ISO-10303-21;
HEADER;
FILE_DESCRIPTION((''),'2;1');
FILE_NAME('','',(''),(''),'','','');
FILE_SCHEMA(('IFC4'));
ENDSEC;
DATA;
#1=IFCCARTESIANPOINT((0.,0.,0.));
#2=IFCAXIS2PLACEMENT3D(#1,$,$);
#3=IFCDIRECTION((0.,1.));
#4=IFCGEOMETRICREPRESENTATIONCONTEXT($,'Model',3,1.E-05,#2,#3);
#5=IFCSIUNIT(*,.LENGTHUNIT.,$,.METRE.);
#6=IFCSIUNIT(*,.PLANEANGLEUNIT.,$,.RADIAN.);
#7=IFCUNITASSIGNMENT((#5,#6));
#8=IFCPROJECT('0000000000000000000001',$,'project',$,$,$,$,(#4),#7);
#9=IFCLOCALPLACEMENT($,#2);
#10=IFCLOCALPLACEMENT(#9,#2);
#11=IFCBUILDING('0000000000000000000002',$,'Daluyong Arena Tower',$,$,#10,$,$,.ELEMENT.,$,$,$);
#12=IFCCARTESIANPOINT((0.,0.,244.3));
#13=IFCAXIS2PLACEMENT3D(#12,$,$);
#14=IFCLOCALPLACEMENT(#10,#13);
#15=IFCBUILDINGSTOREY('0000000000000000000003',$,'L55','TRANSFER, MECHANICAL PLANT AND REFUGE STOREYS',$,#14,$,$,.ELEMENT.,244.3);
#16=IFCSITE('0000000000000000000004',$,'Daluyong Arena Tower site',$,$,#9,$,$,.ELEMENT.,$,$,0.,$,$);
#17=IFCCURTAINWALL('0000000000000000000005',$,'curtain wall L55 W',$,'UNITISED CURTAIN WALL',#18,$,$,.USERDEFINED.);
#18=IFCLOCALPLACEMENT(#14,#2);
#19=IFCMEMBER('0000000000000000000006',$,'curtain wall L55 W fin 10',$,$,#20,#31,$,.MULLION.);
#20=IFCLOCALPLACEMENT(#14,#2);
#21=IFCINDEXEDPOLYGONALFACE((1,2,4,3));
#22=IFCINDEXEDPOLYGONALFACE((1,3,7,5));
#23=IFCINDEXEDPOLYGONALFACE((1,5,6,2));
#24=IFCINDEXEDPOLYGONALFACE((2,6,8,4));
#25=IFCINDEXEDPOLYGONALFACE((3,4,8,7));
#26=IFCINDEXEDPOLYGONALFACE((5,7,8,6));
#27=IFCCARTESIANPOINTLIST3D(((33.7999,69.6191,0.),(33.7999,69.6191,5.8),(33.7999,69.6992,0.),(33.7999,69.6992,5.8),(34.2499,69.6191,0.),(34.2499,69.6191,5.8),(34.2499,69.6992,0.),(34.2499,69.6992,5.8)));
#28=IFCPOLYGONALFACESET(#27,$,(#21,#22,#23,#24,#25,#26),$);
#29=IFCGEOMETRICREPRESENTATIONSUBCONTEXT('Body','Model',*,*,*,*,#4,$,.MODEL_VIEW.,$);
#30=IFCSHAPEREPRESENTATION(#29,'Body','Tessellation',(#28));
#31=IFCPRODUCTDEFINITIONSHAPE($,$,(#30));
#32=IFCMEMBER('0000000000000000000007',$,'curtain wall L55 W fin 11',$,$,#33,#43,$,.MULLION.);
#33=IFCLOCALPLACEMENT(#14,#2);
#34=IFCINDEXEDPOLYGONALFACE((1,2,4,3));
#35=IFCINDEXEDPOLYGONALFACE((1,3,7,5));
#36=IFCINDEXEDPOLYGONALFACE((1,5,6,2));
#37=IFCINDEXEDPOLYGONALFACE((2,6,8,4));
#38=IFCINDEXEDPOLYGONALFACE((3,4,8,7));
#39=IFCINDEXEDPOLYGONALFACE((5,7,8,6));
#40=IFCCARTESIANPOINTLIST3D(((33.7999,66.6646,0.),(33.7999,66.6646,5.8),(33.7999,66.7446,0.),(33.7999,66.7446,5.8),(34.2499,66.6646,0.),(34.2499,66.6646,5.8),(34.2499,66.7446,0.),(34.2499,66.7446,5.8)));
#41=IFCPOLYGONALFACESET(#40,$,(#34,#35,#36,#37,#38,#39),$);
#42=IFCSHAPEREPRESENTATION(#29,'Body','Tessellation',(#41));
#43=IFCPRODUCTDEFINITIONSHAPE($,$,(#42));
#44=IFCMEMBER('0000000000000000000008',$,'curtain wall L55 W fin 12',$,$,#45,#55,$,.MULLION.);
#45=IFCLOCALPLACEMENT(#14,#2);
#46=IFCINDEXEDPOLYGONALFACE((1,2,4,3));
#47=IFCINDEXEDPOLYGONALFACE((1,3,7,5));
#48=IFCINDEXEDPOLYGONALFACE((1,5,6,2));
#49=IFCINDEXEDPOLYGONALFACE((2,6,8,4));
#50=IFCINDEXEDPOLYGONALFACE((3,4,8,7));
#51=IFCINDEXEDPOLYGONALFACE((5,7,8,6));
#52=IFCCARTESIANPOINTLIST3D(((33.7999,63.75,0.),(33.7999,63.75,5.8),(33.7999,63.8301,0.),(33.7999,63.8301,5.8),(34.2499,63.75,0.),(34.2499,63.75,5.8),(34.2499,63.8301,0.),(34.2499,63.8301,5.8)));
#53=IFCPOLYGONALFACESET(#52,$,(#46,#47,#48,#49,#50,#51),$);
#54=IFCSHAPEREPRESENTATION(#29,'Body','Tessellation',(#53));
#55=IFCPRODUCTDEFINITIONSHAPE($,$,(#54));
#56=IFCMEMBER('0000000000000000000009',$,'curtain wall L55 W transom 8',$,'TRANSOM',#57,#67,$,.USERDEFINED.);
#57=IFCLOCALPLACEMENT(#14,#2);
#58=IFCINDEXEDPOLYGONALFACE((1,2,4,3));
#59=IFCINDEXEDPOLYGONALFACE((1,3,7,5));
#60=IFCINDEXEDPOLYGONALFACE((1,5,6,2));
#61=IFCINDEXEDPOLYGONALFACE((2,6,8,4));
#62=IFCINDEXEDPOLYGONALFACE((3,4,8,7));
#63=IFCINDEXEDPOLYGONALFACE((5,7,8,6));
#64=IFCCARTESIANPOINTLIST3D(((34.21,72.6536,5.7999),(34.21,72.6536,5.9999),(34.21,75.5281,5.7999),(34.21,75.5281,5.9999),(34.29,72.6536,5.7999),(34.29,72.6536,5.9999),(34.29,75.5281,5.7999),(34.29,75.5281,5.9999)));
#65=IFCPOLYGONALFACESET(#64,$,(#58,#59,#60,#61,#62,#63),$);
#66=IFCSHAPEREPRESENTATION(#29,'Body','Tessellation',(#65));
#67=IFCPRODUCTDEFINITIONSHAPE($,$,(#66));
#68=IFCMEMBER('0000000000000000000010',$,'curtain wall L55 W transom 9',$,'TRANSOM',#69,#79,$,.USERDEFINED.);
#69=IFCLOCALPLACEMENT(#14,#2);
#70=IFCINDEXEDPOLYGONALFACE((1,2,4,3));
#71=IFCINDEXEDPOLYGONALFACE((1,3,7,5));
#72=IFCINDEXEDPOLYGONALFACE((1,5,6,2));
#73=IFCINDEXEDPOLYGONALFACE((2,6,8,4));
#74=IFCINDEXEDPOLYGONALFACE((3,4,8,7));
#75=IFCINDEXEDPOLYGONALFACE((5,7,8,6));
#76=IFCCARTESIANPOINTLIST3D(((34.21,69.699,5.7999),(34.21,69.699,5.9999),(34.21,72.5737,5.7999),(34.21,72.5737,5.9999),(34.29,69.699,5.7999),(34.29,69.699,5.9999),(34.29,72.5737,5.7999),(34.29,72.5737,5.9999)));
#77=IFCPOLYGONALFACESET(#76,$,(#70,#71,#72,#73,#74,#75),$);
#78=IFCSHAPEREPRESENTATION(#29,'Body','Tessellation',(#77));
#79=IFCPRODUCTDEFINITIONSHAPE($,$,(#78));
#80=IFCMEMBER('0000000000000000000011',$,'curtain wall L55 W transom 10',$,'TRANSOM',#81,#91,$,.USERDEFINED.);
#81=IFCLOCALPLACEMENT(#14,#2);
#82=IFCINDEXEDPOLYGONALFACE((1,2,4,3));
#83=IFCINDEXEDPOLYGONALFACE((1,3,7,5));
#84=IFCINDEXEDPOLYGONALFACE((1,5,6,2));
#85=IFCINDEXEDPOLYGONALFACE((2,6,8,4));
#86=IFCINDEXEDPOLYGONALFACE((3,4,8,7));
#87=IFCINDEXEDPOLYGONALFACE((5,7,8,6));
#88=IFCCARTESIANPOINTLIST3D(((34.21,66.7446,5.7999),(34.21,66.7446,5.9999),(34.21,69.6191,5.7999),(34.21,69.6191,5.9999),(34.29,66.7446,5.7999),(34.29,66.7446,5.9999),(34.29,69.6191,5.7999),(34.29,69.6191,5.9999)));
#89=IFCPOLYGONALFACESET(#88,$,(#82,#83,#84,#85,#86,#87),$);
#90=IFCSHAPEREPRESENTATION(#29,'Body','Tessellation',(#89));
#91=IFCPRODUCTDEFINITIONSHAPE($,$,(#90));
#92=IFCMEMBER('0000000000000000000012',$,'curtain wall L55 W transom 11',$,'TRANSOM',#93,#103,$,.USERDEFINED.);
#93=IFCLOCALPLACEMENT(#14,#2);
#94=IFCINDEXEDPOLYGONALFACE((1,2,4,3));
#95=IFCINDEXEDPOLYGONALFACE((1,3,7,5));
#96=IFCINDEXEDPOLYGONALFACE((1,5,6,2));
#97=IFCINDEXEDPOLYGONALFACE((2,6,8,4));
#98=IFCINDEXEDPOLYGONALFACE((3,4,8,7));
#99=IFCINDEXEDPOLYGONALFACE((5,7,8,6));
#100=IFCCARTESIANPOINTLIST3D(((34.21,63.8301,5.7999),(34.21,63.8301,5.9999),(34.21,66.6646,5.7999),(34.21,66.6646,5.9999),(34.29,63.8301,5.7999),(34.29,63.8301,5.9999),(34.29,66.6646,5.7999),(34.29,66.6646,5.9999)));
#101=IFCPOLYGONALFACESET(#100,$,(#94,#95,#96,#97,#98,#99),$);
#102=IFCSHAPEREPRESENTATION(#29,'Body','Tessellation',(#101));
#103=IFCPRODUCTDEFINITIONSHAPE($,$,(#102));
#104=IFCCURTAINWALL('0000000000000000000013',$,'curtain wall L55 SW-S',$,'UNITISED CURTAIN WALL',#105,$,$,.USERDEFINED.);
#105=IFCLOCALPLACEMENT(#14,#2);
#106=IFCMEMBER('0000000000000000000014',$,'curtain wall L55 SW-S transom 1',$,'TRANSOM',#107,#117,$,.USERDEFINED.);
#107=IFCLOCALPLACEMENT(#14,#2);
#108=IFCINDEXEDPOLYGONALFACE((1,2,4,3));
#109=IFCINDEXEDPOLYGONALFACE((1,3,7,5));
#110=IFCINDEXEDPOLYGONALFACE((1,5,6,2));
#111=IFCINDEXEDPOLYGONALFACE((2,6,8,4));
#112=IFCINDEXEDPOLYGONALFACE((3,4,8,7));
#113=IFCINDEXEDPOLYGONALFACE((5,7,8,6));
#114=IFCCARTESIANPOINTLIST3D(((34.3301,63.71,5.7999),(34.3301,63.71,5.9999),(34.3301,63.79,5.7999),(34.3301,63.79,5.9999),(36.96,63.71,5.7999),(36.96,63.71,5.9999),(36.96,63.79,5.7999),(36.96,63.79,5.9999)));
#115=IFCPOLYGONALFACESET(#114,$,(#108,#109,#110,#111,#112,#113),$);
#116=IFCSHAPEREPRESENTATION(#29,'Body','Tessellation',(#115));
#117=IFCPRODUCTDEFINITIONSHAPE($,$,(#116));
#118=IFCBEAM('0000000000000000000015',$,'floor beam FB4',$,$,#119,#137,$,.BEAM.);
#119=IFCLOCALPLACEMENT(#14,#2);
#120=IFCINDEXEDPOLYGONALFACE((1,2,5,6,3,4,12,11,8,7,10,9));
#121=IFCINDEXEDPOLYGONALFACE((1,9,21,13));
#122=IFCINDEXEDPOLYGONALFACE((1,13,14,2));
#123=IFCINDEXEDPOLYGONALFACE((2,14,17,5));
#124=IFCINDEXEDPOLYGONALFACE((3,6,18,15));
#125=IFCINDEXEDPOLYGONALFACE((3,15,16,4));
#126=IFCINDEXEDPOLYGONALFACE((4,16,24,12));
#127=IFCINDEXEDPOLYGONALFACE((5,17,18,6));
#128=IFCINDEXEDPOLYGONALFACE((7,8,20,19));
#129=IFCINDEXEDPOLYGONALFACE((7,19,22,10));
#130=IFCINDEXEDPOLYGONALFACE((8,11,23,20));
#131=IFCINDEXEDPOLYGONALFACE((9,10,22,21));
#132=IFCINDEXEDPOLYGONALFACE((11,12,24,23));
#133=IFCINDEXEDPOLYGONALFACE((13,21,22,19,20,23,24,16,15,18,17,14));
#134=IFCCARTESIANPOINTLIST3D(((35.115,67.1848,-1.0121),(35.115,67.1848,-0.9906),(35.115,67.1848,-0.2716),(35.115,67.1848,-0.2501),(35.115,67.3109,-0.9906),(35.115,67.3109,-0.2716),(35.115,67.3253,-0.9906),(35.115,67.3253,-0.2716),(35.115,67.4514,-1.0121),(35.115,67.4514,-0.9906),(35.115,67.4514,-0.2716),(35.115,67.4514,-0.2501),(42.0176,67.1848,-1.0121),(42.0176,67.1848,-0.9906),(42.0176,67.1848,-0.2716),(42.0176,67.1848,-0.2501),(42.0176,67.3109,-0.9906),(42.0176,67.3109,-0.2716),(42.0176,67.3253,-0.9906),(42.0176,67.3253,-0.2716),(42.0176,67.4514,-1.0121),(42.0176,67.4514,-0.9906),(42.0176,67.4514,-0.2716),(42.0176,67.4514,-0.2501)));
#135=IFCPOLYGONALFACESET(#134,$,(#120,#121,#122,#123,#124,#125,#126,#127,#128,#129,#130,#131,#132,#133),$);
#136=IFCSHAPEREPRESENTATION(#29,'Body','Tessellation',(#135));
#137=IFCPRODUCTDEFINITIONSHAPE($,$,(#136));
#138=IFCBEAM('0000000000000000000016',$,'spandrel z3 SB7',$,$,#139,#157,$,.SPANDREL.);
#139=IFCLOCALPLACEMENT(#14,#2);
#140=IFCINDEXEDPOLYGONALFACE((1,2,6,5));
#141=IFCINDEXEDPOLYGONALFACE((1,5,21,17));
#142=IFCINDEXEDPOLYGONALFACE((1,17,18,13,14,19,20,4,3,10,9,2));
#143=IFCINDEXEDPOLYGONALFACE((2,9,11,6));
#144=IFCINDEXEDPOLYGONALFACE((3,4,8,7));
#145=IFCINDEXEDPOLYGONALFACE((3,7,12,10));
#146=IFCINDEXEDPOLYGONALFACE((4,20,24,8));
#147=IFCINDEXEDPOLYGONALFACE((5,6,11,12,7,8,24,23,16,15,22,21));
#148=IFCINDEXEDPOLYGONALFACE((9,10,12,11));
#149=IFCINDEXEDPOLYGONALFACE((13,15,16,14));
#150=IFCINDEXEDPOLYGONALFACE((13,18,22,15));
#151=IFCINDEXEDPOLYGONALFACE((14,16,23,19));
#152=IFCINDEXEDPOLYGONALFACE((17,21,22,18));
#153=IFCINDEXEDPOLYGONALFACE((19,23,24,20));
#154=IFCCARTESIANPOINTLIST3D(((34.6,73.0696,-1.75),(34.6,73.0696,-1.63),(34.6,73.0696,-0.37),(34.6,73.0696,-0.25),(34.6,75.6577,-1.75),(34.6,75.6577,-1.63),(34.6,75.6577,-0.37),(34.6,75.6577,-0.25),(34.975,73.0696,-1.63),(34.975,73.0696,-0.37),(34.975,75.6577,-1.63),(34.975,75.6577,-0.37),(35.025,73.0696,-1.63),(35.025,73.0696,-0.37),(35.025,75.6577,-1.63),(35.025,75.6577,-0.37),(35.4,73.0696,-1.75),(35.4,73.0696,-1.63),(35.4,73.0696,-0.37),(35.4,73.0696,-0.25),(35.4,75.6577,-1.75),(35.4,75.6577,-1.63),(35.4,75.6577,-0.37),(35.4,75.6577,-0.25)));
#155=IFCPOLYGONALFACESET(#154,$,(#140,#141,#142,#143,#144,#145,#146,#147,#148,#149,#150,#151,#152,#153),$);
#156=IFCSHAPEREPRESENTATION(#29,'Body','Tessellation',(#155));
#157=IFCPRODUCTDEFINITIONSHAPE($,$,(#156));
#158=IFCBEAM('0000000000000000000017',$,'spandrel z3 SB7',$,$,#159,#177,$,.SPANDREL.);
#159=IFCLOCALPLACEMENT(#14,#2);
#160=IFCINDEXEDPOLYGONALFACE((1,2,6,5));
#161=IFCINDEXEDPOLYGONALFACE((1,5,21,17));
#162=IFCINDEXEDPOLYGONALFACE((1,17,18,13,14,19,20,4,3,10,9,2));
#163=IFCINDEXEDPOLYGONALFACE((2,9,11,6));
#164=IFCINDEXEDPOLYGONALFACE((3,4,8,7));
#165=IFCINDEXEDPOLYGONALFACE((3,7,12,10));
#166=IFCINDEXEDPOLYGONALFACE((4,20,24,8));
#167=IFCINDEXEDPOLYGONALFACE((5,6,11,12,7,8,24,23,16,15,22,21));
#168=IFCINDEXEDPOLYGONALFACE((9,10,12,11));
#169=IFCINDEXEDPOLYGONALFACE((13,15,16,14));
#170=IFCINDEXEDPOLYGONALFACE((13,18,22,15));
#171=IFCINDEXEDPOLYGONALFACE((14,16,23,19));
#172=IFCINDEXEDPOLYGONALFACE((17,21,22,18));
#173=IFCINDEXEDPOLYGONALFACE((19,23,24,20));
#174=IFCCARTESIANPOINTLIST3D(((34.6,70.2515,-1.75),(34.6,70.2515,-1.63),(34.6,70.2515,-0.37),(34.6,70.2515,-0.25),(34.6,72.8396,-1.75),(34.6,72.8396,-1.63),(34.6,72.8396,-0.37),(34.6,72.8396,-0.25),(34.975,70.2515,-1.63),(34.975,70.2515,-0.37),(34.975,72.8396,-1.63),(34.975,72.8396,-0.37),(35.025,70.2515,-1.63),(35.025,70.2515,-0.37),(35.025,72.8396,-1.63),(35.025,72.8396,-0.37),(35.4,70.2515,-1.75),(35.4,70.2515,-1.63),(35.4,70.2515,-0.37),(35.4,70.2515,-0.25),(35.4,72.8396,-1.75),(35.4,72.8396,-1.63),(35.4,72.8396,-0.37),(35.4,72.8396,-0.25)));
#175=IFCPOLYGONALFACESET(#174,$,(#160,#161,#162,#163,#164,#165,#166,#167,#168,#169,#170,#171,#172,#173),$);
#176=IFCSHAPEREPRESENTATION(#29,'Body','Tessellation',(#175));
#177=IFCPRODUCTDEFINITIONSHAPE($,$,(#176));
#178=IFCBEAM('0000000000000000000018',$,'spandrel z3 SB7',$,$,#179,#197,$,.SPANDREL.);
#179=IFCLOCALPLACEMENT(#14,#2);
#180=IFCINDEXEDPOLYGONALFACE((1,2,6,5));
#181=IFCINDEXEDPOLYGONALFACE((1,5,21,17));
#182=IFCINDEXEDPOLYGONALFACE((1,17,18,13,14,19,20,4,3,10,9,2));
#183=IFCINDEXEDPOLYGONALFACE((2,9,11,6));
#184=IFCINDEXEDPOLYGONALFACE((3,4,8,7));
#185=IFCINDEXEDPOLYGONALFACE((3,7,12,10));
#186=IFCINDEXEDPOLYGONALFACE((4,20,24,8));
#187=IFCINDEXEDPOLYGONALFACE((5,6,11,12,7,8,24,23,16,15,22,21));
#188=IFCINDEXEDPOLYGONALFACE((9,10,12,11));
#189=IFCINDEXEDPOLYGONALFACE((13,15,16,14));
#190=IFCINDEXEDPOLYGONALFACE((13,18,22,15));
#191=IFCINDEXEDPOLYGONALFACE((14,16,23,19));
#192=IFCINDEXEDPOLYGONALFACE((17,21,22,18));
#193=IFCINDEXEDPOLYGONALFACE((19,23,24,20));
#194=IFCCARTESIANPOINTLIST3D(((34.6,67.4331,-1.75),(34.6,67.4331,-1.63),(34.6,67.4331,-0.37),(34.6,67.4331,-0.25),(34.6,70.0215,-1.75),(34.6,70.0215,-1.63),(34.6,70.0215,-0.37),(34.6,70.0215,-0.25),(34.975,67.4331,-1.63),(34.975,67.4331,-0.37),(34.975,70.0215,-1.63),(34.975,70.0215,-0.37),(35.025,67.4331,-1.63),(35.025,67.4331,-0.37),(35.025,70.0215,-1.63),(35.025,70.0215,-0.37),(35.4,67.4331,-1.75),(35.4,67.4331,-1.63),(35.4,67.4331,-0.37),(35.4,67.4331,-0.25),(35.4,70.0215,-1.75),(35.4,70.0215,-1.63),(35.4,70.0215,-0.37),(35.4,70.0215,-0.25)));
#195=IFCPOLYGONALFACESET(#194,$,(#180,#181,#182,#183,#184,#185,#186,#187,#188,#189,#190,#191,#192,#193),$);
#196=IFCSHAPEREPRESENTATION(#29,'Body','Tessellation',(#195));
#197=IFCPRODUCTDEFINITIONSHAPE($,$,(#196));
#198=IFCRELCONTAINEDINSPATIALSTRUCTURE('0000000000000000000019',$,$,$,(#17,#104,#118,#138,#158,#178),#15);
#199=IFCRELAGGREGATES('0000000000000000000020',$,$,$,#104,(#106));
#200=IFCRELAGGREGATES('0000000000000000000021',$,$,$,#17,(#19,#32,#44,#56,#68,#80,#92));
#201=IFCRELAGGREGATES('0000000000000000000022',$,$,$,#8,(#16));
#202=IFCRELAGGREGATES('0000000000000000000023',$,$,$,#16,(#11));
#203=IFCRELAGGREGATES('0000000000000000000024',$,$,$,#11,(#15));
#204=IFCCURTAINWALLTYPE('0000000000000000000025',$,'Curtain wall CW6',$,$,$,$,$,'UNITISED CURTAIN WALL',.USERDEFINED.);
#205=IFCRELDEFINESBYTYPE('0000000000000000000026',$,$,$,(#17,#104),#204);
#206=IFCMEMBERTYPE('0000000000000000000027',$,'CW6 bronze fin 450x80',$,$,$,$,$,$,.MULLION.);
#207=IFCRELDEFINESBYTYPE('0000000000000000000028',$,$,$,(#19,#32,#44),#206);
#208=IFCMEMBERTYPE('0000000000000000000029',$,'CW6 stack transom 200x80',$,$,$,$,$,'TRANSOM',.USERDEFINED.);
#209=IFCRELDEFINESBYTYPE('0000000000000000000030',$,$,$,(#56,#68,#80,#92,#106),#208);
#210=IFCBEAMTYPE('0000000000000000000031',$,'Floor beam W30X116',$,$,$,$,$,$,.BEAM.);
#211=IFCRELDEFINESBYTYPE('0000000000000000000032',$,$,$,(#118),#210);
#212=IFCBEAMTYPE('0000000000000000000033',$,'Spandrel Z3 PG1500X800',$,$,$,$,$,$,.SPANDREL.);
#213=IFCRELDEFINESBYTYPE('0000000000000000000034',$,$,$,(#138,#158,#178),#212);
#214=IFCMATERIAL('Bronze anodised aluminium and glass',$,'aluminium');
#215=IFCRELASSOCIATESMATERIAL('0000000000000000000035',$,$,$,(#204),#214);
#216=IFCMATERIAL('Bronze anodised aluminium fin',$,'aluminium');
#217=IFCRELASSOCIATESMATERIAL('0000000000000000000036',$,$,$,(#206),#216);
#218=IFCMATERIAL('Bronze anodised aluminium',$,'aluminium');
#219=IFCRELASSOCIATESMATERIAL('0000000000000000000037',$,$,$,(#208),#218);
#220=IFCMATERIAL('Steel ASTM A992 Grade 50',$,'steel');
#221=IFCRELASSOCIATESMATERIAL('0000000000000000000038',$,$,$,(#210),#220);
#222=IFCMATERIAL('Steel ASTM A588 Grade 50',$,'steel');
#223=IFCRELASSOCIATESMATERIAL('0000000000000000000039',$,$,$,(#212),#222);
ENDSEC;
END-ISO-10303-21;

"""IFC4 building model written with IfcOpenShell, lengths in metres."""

from ifc_helpers import new_model, si_unit, direction, frame, origin, origin_2d, place, context, subcontext, project, spatial, rectangle, i_section, extrude, material, material_profile, profile_set, type_object, element, aggregate, save


model = new_model("IFC4")

# Units and contexts
model_context = context("Model", 3, precision=1e-05, world=origin(), true_north=direction((0.0, 1.0)))
body_context = subcontext(model_context, "Body", "Model", "MODEL_VIEW")
ifc_project = project(units=[si_unit("LENGTHUNIT", "METRE"), si_unit("PLANEANGLEUNIT", "RADIAN")], contexts=[model_context])

# Site, building, storey
site_placement = place(None, origin())
site = spatial("IfcSite", under=ifc_project, at=site_placement, Name="Daluyong Arena Tower site", CompositionType="ELEMENT", RefElevation=0.0)
building_placement = place(site_placement, origin())
building = spatial("IfcBuilding", under=site, at=building_placement, Name="Daluyong Arena Tower", CompositionType="ELEMENT")
storey_placement = place(building_placement, frame((0.0, 0.0, 244.3)))
storey = spatial("IfcBuildingStorey", under=building, at=storey_placement, Name="L55", Description="TRANSFER, MECHANICAL PLANT AND REFUGE STOREYS", CompositionType="ELEMENT", Elevation=244.3)

# Curtain wall, members
ifc_material_1 = material(Name="Bronze anodised aluminium and glass", Category="aluminium")
curtain_wall_type = type_object("IfcCurtainWallType", Name="Curtain wall CW6", ElementType="UNITISED CURTAIN WALL", PredefinedType="USERDEFINED", material=ifc_material_1)
curtain_wall_1_placement = place(storey_placement, origin())
curtain_wall_1 = element("IfcCurtainWall", 1, at=curtain_wall_1_placement, inside=storey, type_object=curtain_wall_type, Name="curtain wall L55 W", ObjectType="UNITISED CURTAIN WALL", PredefinedType="USERDEFINED")
ifc_material_2 = material(Name="Bronze anodised aluminium fin", Category="aluminium")
ifc_material_profile_1 = material_profile(ifc_material_2, rectangle(XDim=0.45, YDim=0.0801, at=origin_2d()))
ifc_profile_set_1 = profile_set([ifc_material_profile_1], Name="Bronze anodised aluminium fin")
member_type_1 = type_object("IfcMemberType", Name="CW6 bronze fin 450x80", PredefinedType="MULLION", material=ifc_profile_set_1)
member_1_placement = place(storey_placement, frame((34.0249, 69.6592, 0.0), z_axis=(0.0, 0.0, 1.0), x_axis=(1.0, 0.0, 0.0)))
member_1 = element("IfcMember", 2, at=member_1_placement, type_object=member_type_1, Name="curtain wall L55 W fin 10", PredefinedType="MULLION", context=body_context, shape_type="SweptSolid", body=[
    extrude(rectangle(XDim=0.45, YDim=0.0801, at=origin_2d()), origin(), (0.0, 0.0, 1.0), 5.8),
])
member_2_placement = place(storey_placement, frame((34.0249, 66.7046, 0.0), z_axis=(0.0, 0.0, 1.0), x_axis=(1.0, 0.0, 0.0)))
member_2 = element("IfcMember", 3, at=member_2_placement, type_object=member_type_1, Name="curtain wall L55 W fin 11", PredefinedType="MULLION", context=body_context, shape_type="SweptSolid", body=[
    extrude(rectangle(XDim=0.45, YDim=0.0801, at=origin_2d()), origin(), (0.0, 0.0, 1.0), 5.8),
])
member_3_placement = place(storey_placement, frame((34.0249, 63.79, 0.0), z_axis=(0.0, 0.0, 1.0), x_axis=(1.0, 0.0, 0.0)))
member_3 = element("IfcMember", 4, at=member_3_placement, type_object=member_type_1, Name="curtain wall L55 W fin 12", PredefinedType="MULLION", context=body_context, shape_type="SweptSolid", body=[
    extrude(rectangle(XDim=0.45, YDim=0.0801, at=origin_2d()), origin(), (0.0, 0.0, 1.0), 5.8),
])
ifc_material_3 = material(Name="Bronze anodised aluminium", Category="aluminium")
ifc_material_profile_2 = material_profile(ifc_material_3, rectangle(XDim=0.0801, YDim=0.2, at=origin_2d()))
ifc_profile_set_2 = profile_set([ifc_material_profile_2], Name="Bronze anodised aluminium")
member_type_2 = type_object("IfcMemberType", Name="CW6 stack transom 200x80", ElementType="TRANSOM", PredefinedType="USERDEFINED", material=ifc_profile_set_2)
member_4_placement = place(storey_placement, frame((34.25, 75.5281, 5.8999), z_axis=(0.0, -1.0, 0.0), x_axis=(1.0, 0.0, 0.0)))
member_4 = element("IfcMember", 5, at=member_4_placement, type_object=member_type_2, Name="curtain wall L55 W transom 8", ObjectType="TRANSOM", PredefinedType="USERDEFINED", context=body_context, shape_type="SweptSolid", body=[
    extrude(rectangle(XDim=0.0801, YDim=0.2, at=origin_2d()), origin(), (0.0, 0.0, 1.0), 2.8745),
])
member_5_placement = place(storey_placement, frame((34.25, 72.5737, 5.8999), z_axis=(0.0, -1.0, 0.0), x_axis=(1.0, 0.0, 0.0)))
member_5 = element("IfcMember", 6, at=member_5_placement, type_object=member_type_2, Name="curtain wall L55 W transom 9", ObjectType="TRANSOM", PredefinedType="USERDEFINED", context=body_context, shape_type="SweptSolid", body=[
    extrude(rectangle(XDim=0.0801, YDim=0.2, at=origin_2d()), origin(), (0.0, 0.0, 1.0), 2.8748),
])
member_6_placement = place(storey_placement, frame((34.25, 69.6191, 5.8999), z_axis=(0.0, -1.0, 0.0), x_axis=(1.0, 0.0, 0.0)))
member_6 = element("IfcMember", 7, at=member_6_placement, type_object=member_type_2, Name="curtain wall L55 W transom 10", ObjectType="TRANSOM", PredefinedType="USERDEFINED", context=body_context, shape_type="SweptSolid", body=[
    extrude(rectangle(XDim=0.0801, YDim=0.2, at=origin_2d()), origin(), (0.0, 0.0, 1.0), 2.8745),
])
member_7_placement = place(storey_placement, frame((34.25, 66.6646, 5.8999), z_axis=(0.0, -1.0, 0.0), x_axis=(1.0, 0.0, 0.0)))
member_7 = element("IfcMember", 8, at=member_7_placement, type_object=member_type_2, Name="curtain wall L55 W transom 11", ObjectType="TRANSOM", PredefinedType="USERDEFINED", context=body_context, shape_type="SweptSolid", body=[
    extrude(rectangle(XDim=0.0801, YDim=0.2, at=origin_2d()), origin(), (0.0, 0.0, 1.0), 2.8345),
])

# Curtain wall, member
curtain_wall_2_placement = place(storey_placement, origin())
curtain_wall_2 = element("IfcCurtainWall", 9, at=curtain_wall_2_placement, inside=storey, type_object=curtain_wall_type, Name="curtain wall L55 SW-S", ObjectType="UNITISED CURTAIN WALL", PredefinedType="USERDEFINED")
member_8_placement = place(storey_placement, frame((34.3301, 63.75, 5.8999), z_axis=(1.0, 0.0, 0.0), x_axis=(0.0, 1.0, 0.0)))
member_8 = element("IfcMember", 10, at=member_8_placement, type_object=member_type_2, Name="curtain wall L55 SW-S transom 1", ObjectType="TRANSOM", PredefinedType="USERDEFINED", context=body_context, shape_type="SweptSolid", body=[
    extrude(rectangle(XDim=0.0801, YDim=0.2, at=origin_2d()), origin(), (0.0, 0.0, 1.0), 2.6299),
])
aggregate(curtain_wall_2, [member_8])

# Beams
ifc_material_4 = material(Name="Steel ASTM A992 Grade 50", Category="steel")
ifc_material_profile_3 = material_profile(ifc_material_4, i_section(OverallWidth=0.2666, OverallDepth=0.762, WebThickness=0.0144, FlangeThickness=0.0215, at=origin_2d()))
ifc_profile_set_3 = profile_set([ifc_material_profile_3], Name="Steel ASTM A992 Grade 50")
beam_type_1 = type_object("IfcBeamType", Name="Floor beam W30X116", PredefinedType="BEAM", material=ifc_profile_set_3)
beam_1_placement = place(storey_placement, frame((35.115, 67.3181, -0.6311), z_axis=(1.0, 0.0, 0.0), x_axis=(0.0, 1.0, 0.0)))
element("IfcBeam", 11, at=beam_1_placement, inside=storey, type_object=beam_type_1, Name="floor beam FB4", PredefinedType="BEAM", context=body_context, shape_type="SweptSolid", body=[
    extrude(i_section(OverallWidth=0.2666, OverallDepth=0.762, WebThickness=0.0144, FlangeThickness=0.0215, at=origin_2d()), origin(), (0.0, 0.0, 1.0), 6.9026),
])
ifc_material_5 = material(Name="Steel ASTM A588 Grade 50", Category="steel")
ifc_material_profile_4 = material_profile(ifc_material_5, i_section(OverallWidth=0.8, OverallDepth=1.5, WebThickness=0.05, FlangeThickness=0.12, at=origin_2d()))
ifc_profile_set_4 = profile_set([ifc_material_profile_4], Name="Steel ASTM A588 Grade 50")
beam_type_2 = type_object("IfcBeamType", Name="Spandrel Z3 PG1500X800", PredefinedType="SPANDREL", material=ifc_profile_set_4)
for number, where, z_axis, x_axis, name in (
    (12, (35.0, 75.6577, -1.0), (0.0, -1.0, 0.0), (1.0, 0.0, 0.0), "spandrel z3 SB7"),
    (13, (35.0, 72.8396, -1.0), (0.0, -1.0, 0.0), (1.0, 0.0, 0.0), "spandrel z3 SB7"),
):
    element("IfcBeam", number, at=place(storey_placement, frame(where, z_axis=z_axis, x_axis=x_axis)), inside=storey, type_object=beam_type_2, Name=name, PredefinedType="SPANDREL", context=body_context, shape_type="SweptSolid", body=[
        extrude(i_section(OverallWidth=0.8, OverallDepth=1.5, WebThickness=0.05, FlangeThickness=0.12, at=origin_2d()), origin(), (0.0, 0.0, 1.0), 2.5881),
    ])
beam_2_placement = place(storey_placement, frame((35.0, 70.0215, -1.0), z_axis=(0.0, -1.0, 0.0), x_axis=(1.0, 0.0, 0.0)))
element("IfcBeam", 14, at=beam_2_placement, inside=storey, type_object=beam_type_2, Name="spandrel z3 SB7", PredefinedType="SPANDREL", context=body_context, shape_type="SweptSolid", body=[
    extrude(i_section(OverallWidth=0.8, OverallDepth=1.5, WebThickness=0.05, FlangeThickness=0.12, at=origin_2d()), origin(), (0.0, 0.0, 1.0), 2.5884),
])

aggregate(curtain_wall_1, [member_1, member_2, member_3, member_4, member_5, member_6, member_7])

save(model, "model.ifc")
